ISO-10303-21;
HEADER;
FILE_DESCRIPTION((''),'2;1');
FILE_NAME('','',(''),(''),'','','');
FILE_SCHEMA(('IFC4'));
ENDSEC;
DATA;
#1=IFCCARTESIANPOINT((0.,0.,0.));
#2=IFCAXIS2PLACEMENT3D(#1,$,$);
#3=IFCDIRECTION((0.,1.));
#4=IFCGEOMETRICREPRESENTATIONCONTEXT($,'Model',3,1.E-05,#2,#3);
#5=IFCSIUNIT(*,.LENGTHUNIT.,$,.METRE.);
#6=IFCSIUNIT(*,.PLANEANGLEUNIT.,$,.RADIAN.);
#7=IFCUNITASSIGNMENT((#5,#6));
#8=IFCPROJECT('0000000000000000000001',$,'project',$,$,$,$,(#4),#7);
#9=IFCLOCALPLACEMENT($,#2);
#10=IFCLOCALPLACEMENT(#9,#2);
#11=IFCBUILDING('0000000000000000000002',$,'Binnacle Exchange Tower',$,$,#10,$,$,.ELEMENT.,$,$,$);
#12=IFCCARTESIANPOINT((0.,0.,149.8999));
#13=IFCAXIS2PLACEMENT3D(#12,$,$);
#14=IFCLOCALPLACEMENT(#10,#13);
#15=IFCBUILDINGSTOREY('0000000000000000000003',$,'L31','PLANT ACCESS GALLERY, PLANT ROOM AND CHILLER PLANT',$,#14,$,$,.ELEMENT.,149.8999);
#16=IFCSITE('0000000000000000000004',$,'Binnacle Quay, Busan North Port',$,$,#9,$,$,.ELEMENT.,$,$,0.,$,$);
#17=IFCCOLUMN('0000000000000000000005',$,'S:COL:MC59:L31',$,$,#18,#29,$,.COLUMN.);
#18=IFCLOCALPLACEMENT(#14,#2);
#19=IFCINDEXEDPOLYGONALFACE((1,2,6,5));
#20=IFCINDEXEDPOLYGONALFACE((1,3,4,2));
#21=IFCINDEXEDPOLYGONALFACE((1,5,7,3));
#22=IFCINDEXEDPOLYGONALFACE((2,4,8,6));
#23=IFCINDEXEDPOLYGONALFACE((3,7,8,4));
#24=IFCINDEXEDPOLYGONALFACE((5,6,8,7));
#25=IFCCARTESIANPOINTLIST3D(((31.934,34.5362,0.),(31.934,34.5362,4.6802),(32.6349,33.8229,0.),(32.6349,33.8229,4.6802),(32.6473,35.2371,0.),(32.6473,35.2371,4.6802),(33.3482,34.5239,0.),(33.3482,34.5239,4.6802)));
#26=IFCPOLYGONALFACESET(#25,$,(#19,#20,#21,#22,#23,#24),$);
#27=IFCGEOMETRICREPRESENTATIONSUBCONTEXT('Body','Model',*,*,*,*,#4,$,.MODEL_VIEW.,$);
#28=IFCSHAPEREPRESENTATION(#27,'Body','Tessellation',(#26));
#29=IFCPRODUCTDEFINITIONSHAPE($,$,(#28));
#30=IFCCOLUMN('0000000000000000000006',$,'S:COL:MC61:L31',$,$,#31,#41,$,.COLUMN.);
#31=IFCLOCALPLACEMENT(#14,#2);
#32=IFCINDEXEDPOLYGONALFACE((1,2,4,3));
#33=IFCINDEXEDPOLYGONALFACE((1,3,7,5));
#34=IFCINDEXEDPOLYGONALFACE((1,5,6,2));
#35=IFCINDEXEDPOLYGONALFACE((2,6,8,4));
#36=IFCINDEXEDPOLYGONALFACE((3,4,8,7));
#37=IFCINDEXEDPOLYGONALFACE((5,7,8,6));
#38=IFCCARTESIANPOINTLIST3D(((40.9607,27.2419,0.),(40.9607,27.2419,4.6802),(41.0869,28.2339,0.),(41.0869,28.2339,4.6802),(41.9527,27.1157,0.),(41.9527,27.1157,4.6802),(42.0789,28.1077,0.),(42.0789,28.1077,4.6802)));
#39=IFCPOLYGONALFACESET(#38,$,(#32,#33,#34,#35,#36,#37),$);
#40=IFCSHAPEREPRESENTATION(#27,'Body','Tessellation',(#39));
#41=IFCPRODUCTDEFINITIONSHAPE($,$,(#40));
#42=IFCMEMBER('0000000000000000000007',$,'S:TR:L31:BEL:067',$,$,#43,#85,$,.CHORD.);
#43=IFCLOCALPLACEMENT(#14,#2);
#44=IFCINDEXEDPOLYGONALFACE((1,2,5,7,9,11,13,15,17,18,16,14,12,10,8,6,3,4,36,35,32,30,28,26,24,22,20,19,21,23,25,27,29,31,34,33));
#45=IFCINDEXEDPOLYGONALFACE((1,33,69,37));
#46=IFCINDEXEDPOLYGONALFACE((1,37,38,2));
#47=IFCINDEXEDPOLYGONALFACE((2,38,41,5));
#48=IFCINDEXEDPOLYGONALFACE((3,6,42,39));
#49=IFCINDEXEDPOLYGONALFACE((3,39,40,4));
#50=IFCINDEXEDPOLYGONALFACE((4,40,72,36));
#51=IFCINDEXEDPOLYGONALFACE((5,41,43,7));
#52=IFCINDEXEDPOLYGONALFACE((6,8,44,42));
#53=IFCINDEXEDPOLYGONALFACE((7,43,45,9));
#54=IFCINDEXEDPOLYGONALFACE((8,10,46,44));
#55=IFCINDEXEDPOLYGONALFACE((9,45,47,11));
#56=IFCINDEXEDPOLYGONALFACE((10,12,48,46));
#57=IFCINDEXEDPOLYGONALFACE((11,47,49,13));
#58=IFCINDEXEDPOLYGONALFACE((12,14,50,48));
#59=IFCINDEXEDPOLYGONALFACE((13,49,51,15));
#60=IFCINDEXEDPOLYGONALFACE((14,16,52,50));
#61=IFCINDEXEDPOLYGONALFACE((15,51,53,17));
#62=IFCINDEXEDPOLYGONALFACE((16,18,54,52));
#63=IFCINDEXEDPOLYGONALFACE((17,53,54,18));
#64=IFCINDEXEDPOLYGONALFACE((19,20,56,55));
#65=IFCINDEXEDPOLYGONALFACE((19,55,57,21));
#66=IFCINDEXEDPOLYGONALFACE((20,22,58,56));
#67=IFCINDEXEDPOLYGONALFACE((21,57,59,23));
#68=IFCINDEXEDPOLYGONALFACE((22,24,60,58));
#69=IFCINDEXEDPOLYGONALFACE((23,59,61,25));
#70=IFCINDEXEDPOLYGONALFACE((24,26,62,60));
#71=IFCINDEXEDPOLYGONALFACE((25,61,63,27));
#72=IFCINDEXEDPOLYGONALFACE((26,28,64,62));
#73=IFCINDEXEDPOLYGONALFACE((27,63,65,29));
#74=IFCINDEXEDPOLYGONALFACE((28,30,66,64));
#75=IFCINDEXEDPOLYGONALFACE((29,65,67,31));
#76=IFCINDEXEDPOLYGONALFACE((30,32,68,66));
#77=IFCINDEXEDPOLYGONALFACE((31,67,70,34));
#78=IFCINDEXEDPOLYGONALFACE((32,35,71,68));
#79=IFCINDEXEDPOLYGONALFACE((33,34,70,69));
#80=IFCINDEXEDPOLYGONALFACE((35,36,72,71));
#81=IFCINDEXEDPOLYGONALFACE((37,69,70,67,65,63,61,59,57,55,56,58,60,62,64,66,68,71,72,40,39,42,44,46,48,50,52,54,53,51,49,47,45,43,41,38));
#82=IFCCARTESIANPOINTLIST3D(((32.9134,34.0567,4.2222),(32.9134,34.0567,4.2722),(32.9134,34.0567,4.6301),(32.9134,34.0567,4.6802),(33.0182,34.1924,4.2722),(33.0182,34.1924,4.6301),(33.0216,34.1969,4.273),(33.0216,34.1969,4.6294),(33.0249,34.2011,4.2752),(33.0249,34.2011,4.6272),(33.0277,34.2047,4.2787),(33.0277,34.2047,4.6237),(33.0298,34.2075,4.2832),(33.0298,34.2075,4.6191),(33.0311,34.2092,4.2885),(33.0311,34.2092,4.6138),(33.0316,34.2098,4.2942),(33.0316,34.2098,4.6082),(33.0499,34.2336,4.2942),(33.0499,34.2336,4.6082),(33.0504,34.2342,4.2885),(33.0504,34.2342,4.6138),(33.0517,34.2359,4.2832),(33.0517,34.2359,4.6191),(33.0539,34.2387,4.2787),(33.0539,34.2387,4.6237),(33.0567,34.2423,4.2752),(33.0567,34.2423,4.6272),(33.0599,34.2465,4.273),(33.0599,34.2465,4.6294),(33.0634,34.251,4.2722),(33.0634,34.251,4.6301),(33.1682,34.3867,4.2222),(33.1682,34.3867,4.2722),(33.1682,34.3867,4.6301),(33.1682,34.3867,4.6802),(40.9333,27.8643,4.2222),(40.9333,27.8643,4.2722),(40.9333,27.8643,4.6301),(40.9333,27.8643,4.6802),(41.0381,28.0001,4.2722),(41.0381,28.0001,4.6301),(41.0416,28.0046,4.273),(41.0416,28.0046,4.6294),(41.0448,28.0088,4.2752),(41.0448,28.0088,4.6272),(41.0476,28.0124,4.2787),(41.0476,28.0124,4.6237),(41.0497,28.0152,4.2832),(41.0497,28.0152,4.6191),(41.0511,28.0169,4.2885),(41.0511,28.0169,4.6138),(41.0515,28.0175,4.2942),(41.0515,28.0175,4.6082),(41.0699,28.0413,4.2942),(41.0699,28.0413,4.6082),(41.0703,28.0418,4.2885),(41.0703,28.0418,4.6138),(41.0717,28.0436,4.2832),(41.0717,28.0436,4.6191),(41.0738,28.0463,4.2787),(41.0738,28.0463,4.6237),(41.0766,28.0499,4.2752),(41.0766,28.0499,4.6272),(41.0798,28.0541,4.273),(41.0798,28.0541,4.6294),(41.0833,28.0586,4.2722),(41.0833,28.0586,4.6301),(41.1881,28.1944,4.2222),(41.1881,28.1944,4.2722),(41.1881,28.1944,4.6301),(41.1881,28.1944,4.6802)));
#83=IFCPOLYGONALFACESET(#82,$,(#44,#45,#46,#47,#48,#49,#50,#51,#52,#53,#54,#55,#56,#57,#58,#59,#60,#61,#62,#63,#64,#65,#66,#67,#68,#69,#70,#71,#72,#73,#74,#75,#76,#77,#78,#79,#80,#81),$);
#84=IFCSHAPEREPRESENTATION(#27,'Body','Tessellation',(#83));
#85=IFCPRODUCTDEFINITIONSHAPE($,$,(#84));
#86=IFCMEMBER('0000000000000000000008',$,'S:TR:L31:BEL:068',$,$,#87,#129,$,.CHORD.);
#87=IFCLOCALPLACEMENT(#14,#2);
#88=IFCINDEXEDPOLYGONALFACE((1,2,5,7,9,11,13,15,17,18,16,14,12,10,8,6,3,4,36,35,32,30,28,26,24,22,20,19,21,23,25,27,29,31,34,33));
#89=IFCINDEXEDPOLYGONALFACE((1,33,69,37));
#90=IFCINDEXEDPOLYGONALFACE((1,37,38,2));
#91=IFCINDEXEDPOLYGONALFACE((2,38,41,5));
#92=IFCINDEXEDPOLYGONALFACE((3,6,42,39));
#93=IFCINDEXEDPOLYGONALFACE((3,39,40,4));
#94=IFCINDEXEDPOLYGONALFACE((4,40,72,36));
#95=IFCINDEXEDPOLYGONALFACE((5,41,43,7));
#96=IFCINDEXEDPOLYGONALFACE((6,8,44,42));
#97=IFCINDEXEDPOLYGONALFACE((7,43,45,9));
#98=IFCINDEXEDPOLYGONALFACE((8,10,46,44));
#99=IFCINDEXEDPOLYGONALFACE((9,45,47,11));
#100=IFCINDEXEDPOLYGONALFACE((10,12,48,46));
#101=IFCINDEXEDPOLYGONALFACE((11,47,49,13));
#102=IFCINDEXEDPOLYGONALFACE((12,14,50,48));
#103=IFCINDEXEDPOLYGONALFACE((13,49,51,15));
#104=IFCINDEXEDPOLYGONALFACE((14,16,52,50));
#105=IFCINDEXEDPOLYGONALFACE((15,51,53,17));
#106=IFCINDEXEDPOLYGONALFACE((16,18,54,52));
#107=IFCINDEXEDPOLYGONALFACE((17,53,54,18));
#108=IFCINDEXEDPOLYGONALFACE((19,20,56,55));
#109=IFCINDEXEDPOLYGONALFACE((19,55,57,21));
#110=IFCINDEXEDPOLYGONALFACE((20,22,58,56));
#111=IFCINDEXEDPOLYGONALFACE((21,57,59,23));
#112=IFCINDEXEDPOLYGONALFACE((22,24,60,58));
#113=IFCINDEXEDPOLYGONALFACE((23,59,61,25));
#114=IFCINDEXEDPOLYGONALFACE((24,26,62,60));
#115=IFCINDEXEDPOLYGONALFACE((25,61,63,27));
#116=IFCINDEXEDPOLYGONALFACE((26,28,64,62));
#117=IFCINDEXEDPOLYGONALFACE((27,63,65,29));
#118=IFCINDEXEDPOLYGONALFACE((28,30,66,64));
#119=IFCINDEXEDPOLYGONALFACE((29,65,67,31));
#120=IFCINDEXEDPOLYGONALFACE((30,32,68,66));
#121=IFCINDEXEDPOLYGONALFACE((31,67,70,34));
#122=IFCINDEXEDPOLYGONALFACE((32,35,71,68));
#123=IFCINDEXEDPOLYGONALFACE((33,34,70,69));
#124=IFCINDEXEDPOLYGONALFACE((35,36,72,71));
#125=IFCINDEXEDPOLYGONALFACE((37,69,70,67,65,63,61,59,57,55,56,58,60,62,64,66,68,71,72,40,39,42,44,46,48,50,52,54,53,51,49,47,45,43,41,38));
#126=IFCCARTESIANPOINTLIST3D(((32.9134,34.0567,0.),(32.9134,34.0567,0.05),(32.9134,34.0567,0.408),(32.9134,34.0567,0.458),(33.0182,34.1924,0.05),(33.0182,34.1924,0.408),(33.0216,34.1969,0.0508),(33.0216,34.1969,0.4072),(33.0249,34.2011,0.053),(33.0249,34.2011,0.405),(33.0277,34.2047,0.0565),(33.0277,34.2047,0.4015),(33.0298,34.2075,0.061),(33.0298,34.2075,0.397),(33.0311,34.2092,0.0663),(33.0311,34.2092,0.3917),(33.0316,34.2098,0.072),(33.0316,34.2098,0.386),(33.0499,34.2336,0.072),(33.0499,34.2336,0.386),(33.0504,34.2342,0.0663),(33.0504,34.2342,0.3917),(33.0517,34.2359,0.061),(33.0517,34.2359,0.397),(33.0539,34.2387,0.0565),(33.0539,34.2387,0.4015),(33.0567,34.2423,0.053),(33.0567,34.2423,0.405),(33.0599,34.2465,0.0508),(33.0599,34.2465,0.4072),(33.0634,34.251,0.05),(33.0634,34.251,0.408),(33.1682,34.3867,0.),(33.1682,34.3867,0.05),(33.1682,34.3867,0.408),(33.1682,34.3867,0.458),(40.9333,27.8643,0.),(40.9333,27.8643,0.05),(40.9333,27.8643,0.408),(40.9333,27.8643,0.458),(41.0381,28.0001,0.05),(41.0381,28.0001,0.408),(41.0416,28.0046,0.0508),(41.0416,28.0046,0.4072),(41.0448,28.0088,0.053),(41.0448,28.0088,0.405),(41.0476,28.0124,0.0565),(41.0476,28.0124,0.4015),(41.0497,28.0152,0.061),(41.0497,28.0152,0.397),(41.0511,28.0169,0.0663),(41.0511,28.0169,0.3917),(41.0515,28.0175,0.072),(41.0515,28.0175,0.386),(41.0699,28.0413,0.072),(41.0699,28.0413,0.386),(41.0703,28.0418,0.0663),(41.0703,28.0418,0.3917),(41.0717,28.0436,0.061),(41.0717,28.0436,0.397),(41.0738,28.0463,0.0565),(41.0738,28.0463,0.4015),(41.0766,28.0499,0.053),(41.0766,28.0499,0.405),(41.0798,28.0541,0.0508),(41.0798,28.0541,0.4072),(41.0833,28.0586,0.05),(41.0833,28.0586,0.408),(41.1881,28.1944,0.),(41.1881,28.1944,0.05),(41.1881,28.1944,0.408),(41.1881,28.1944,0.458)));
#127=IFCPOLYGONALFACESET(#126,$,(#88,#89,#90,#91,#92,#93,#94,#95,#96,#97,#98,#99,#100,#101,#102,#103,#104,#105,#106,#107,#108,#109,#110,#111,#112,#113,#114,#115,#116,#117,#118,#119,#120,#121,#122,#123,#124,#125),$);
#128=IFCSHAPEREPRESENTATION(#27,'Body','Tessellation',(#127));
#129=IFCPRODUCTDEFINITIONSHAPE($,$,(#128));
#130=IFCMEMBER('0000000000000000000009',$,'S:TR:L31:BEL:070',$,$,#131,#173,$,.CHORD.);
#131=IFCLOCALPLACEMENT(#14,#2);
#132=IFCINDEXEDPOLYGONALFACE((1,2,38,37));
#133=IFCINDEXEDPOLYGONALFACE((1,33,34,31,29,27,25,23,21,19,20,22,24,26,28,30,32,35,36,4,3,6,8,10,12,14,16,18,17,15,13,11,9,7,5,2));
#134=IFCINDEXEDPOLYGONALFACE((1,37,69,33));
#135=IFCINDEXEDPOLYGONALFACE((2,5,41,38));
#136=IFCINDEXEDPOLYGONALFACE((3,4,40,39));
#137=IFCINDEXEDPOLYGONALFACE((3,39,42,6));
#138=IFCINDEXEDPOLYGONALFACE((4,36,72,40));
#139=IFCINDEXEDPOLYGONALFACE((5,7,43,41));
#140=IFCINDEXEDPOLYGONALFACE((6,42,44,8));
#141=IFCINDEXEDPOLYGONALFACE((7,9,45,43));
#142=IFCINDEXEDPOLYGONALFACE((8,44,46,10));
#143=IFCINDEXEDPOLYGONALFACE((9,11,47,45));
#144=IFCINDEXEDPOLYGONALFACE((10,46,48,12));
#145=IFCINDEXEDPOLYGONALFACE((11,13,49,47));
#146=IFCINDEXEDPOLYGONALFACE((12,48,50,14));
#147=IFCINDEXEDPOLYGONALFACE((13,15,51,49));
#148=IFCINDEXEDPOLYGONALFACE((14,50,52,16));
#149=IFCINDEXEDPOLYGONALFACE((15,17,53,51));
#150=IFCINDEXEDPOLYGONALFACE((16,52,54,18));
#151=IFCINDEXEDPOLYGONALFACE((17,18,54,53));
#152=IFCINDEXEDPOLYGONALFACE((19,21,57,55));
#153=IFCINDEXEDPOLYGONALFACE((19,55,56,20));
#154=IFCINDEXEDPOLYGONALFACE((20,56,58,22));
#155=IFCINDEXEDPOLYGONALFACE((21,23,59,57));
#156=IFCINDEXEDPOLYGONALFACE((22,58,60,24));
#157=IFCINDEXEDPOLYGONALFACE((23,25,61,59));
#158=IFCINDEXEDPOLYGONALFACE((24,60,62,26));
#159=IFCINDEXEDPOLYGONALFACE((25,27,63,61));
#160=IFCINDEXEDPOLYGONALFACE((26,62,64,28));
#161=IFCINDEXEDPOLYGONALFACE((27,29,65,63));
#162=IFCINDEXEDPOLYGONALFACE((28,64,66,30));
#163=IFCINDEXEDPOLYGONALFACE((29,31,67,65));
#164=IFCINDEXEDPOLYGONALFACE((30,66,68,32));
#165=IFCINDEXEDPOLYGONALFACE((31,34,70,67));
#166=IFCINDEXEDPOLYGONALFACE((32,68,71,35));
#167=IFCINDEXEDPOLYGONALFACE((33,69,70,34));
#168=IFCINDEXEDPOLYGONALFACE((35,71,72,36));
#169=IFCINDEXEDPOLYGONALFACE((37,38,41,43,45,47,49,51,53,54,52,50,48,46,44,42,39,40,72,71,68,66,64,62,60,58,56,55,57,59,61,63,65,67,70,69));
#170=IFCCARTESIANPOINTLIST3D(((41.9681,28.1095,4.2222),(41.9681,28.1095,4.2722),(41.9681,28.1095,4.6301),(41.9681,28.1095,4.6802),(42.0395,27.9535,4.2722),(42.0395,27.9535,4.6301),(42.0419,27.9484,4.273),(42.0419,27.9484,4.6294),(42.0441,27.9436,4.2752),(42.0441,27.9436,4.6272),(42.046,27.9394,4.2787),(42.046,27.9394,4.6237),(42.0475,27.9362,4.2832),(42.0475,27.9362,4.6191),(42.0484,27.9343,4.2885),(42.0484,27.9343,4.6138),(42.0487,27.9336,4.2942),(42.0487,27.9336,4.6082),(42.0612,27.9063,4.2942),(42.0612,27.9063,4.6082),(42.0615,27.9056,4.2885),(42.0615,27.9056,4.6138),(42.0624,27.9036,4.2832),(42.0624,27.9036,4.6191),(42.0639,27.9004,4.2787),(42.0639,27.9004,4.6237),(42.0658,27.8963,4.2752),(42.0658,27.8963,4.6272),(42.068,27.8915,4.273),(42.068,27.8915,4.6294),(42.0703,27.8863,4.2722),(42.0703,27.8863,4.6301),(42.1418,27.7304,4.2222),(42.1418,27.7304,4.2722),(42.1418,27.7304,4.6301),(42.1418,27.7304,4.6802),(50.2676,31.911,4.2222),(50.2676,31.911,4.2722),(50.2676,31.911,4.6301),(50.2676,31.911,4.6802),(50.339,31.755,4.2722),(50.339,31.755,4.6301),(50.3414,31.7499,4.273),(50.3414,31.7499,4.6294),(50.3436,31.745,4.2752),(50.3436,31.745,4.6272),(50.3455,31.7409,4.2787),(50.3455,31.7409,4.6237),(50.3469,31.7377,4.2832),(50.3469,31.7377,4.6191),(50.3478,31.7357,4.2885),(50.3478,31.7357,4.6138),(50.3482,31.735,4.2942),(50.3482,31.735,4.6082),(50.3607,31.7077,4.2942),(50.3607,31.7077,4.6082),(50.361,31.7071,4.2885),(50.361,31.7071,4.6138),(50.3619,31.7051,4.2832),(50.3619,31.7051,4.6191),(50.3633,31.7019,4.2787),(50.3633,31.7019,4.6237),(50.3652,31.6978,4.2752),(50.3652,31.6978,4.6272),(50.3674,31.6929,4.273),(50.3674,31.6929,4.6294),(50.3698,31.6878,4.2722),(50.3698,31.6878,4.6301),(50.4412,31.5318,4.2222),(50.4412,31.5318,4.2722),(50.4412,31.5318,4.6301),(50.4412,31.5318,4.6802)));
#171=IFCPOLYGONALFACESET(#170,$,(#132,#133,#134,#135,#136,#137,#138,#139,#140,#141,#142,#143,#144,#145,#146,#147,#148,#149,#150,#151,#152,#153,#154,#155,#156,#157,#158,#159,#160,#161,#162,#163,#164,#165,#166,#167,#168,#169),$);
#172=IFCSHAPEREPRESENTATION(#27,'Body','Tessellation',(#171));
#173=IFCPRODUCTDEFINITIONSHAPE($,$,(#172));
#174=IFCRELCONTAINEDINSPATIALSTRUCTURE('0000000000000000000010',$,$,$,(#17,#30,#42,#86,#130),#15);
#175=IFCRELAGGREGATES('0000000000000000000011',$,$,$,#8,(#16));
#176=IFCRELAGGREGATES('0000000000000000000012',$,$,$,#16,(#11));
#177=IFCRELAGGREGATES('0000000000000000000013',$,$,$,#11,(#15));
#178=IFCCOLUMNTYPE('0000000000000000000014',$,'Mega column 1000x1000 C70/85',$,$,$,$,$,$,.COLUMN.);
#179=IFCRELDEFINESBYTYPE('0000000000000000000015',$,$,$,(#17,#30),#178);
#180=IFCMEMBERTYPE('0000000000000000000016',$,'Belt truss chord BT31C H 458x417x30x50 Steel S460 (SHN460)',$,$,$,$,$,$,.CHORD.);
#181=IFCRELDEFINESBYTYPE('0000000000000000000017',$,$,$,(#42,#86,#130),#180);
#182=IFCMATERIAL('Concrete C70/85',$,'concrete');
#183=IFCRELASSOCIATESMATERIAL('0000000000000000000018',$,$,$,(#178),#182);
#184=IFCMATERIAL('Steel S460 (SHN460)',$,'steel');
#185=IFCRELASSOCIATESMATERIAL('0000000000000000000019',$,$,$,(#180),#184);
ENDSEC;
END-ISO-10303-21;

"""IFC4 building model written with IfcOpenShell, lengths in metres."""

from ifc_helpers import new_model, si_unit, direction, frame, origin, origin_2d, place, context, subcontext, project, spatial, rectangle, i_section, extrude, material, material_profile, profile_set, type_object, element, save


model = new_model("IFC4")

# Units and contexts
model_context = context("Model", 3, precision=1e-05, world=origin(), true_north=direction((0.0, 1.0)))
body_context = subcontext(model_context, "Body", "Model", "MODEL_VIEW")
ifc_project = project(units=[si_unit("LENGTHUNIT", "METRE"), si_unit("PLANEANGLEUNIT", "RADIAN")], contexts=[model_context])

# Site, building, storey
site_placement = place(None, origin())
site = spatial("IfcSite", under=ifc_project, at=site_placement, Name="Binnacle Quay, Busan North Port", CompositionType="ELEMENT", RefElevation=0.0)
building_placement = place(site_placement, origin())
building = spatial("IfcBuilding", under=site, at=building_placement, Name="Binnacle Exchange Tower", CompositionType="ELEMENT")
storey_placement = place(building_placement, frame((0.0, 0.0, 149.8999)))
storey = spatial("IfcBuildingStorey", under=building, at=storey_placement, Name="L31", Description="PLANT ACCESS GALLERY, PLANT ROOM AND CHILLER PLANT", CompositionType="ELEMENT", Elevation=149.8999)

# Columns
ifc_material_1 = material(Name="Concrete C70/85", Category="concrete")
ifc_material_profile_1 = material_profile(ifc_material_1, rectangle(XDim=1.0, YDim=1.0, at=origin_2d()), Name="Mega column 1000x1000 C70/85")
ifc_profile_set_1 = profile_set([ifc_material_profile_1], Name="Concrete C70/85")
column_type = type_object("IfcColumnType", Name="Mega column 1000x1000 C70/85", PredefinedType="COLUMN", material=ifc_profile_set_1)
for number, where, z_axis, x_axis, name in (
    (1, (32.6411, 34.53, 0.0), (0.0, 0.0, 1.0), (0.700909, -0.71325, 0.0), "S:COL:MC59:L31"),
    (2, (41.5198, 27.6748, 0.0), (0.0, 0.0, 1.0), (0.992005, -0.126199, 0.0), "S:COL:MC61:L31"),
):
    element("IfcColumn", number, at=place(storey_placement, frame(where, z_axis=z_axis, x_axis=x_axis)), inside=storey, type_object=column_type, Name=name, PredefinedType="COLUMN", context=body_context, shape_type="SweptSolid", body=[
        extrude(rectangle(XDim=1.0, YDim=1.0, at=origin_2d()), origin(), (0.0, 0.0, 1.0), 4.6802),
    ])

# Members
ifc_material_2 = material(Name="Steel S460 (SHN460)", Category="steel")
ifc_material_profile_2 = material_profile(ifc_material_2, i_section(OverallWidth=0.417, OverallDepth=0.458, WebThickness=0.03, FlangeThickness=0.05, FilletRadius=0.022, at=origin_2d()), Name="H 458x417x30x50")
ifc_profile_set_2 = profile_set([ifc_material_profile_2], Name="Steel S460 (SHN460)")
member_type_1 = type_object("IfcMemberType", Name="Belt truss chord BT31C H 458x417x30x50 Steel S460 (SHN460)", PredefinedType="CHORD", material=ifc_profile_set_2)
for number, where, z_axis, x_axis, name in (
    (3, (33.0408, 34.2217, 4.4512), (0.791519, -0.611144, 0.0), (0.611144, 0.791519, 0.0), "S:TR:L31:BEL:067"),
    (4, (33.0408, 34.2217, 0.229), (0.791519, -0.611144, 0.0), (0.611144, 0.791519, 0.0), "S:TR:L31:BEL:068"),
):
    element("IfcMember", number, at=place(storey_placement, frame(where, z_axis=z_axis, x_axis=x_axis)), inside=storey, type_object=member_type_1, Name=name, PredefinedType="CHORD", context=body_context, shape_type="SweptSolid", body=[
        extrude(i_section(OverallWidth=0.417, OverallDepth=0.458, WebThickness=0.03, FlangeThickness=0.05, FilletRadius=0.022, at=origin_2d()), origin(), (0.0, 0.0, 1.0), 10.1323),
    ])
for number, where, z_axis, x_axis, name in (
    (5, (42.0549, 27.9199, 4.4512), (0.909167, 0.416433, 0.0), (-0.416433, 0.909167, 0.0), "S:TR:L31:BEL:070"),
):
    element("IfcMember", number, at=place(storey_placement, frame(where, z_axis=z_axis, x_axis=x_axis)), inside=storey, type_object=member_type_1, Name=name, PredefinedType="CHORD", context=body_context, shape_type="SweptSolid", body=[
        extrude(i_section(OverallWidth=0.417, OverallDepth=0.458, WebThickness=0.03, FlangeThickness=0.05, FilletRadius=0.022, at=origin_2d()), origin(), (0.0, 0.0, 1.0), 9.1287),
    ])

save(model, "model.ifc")
